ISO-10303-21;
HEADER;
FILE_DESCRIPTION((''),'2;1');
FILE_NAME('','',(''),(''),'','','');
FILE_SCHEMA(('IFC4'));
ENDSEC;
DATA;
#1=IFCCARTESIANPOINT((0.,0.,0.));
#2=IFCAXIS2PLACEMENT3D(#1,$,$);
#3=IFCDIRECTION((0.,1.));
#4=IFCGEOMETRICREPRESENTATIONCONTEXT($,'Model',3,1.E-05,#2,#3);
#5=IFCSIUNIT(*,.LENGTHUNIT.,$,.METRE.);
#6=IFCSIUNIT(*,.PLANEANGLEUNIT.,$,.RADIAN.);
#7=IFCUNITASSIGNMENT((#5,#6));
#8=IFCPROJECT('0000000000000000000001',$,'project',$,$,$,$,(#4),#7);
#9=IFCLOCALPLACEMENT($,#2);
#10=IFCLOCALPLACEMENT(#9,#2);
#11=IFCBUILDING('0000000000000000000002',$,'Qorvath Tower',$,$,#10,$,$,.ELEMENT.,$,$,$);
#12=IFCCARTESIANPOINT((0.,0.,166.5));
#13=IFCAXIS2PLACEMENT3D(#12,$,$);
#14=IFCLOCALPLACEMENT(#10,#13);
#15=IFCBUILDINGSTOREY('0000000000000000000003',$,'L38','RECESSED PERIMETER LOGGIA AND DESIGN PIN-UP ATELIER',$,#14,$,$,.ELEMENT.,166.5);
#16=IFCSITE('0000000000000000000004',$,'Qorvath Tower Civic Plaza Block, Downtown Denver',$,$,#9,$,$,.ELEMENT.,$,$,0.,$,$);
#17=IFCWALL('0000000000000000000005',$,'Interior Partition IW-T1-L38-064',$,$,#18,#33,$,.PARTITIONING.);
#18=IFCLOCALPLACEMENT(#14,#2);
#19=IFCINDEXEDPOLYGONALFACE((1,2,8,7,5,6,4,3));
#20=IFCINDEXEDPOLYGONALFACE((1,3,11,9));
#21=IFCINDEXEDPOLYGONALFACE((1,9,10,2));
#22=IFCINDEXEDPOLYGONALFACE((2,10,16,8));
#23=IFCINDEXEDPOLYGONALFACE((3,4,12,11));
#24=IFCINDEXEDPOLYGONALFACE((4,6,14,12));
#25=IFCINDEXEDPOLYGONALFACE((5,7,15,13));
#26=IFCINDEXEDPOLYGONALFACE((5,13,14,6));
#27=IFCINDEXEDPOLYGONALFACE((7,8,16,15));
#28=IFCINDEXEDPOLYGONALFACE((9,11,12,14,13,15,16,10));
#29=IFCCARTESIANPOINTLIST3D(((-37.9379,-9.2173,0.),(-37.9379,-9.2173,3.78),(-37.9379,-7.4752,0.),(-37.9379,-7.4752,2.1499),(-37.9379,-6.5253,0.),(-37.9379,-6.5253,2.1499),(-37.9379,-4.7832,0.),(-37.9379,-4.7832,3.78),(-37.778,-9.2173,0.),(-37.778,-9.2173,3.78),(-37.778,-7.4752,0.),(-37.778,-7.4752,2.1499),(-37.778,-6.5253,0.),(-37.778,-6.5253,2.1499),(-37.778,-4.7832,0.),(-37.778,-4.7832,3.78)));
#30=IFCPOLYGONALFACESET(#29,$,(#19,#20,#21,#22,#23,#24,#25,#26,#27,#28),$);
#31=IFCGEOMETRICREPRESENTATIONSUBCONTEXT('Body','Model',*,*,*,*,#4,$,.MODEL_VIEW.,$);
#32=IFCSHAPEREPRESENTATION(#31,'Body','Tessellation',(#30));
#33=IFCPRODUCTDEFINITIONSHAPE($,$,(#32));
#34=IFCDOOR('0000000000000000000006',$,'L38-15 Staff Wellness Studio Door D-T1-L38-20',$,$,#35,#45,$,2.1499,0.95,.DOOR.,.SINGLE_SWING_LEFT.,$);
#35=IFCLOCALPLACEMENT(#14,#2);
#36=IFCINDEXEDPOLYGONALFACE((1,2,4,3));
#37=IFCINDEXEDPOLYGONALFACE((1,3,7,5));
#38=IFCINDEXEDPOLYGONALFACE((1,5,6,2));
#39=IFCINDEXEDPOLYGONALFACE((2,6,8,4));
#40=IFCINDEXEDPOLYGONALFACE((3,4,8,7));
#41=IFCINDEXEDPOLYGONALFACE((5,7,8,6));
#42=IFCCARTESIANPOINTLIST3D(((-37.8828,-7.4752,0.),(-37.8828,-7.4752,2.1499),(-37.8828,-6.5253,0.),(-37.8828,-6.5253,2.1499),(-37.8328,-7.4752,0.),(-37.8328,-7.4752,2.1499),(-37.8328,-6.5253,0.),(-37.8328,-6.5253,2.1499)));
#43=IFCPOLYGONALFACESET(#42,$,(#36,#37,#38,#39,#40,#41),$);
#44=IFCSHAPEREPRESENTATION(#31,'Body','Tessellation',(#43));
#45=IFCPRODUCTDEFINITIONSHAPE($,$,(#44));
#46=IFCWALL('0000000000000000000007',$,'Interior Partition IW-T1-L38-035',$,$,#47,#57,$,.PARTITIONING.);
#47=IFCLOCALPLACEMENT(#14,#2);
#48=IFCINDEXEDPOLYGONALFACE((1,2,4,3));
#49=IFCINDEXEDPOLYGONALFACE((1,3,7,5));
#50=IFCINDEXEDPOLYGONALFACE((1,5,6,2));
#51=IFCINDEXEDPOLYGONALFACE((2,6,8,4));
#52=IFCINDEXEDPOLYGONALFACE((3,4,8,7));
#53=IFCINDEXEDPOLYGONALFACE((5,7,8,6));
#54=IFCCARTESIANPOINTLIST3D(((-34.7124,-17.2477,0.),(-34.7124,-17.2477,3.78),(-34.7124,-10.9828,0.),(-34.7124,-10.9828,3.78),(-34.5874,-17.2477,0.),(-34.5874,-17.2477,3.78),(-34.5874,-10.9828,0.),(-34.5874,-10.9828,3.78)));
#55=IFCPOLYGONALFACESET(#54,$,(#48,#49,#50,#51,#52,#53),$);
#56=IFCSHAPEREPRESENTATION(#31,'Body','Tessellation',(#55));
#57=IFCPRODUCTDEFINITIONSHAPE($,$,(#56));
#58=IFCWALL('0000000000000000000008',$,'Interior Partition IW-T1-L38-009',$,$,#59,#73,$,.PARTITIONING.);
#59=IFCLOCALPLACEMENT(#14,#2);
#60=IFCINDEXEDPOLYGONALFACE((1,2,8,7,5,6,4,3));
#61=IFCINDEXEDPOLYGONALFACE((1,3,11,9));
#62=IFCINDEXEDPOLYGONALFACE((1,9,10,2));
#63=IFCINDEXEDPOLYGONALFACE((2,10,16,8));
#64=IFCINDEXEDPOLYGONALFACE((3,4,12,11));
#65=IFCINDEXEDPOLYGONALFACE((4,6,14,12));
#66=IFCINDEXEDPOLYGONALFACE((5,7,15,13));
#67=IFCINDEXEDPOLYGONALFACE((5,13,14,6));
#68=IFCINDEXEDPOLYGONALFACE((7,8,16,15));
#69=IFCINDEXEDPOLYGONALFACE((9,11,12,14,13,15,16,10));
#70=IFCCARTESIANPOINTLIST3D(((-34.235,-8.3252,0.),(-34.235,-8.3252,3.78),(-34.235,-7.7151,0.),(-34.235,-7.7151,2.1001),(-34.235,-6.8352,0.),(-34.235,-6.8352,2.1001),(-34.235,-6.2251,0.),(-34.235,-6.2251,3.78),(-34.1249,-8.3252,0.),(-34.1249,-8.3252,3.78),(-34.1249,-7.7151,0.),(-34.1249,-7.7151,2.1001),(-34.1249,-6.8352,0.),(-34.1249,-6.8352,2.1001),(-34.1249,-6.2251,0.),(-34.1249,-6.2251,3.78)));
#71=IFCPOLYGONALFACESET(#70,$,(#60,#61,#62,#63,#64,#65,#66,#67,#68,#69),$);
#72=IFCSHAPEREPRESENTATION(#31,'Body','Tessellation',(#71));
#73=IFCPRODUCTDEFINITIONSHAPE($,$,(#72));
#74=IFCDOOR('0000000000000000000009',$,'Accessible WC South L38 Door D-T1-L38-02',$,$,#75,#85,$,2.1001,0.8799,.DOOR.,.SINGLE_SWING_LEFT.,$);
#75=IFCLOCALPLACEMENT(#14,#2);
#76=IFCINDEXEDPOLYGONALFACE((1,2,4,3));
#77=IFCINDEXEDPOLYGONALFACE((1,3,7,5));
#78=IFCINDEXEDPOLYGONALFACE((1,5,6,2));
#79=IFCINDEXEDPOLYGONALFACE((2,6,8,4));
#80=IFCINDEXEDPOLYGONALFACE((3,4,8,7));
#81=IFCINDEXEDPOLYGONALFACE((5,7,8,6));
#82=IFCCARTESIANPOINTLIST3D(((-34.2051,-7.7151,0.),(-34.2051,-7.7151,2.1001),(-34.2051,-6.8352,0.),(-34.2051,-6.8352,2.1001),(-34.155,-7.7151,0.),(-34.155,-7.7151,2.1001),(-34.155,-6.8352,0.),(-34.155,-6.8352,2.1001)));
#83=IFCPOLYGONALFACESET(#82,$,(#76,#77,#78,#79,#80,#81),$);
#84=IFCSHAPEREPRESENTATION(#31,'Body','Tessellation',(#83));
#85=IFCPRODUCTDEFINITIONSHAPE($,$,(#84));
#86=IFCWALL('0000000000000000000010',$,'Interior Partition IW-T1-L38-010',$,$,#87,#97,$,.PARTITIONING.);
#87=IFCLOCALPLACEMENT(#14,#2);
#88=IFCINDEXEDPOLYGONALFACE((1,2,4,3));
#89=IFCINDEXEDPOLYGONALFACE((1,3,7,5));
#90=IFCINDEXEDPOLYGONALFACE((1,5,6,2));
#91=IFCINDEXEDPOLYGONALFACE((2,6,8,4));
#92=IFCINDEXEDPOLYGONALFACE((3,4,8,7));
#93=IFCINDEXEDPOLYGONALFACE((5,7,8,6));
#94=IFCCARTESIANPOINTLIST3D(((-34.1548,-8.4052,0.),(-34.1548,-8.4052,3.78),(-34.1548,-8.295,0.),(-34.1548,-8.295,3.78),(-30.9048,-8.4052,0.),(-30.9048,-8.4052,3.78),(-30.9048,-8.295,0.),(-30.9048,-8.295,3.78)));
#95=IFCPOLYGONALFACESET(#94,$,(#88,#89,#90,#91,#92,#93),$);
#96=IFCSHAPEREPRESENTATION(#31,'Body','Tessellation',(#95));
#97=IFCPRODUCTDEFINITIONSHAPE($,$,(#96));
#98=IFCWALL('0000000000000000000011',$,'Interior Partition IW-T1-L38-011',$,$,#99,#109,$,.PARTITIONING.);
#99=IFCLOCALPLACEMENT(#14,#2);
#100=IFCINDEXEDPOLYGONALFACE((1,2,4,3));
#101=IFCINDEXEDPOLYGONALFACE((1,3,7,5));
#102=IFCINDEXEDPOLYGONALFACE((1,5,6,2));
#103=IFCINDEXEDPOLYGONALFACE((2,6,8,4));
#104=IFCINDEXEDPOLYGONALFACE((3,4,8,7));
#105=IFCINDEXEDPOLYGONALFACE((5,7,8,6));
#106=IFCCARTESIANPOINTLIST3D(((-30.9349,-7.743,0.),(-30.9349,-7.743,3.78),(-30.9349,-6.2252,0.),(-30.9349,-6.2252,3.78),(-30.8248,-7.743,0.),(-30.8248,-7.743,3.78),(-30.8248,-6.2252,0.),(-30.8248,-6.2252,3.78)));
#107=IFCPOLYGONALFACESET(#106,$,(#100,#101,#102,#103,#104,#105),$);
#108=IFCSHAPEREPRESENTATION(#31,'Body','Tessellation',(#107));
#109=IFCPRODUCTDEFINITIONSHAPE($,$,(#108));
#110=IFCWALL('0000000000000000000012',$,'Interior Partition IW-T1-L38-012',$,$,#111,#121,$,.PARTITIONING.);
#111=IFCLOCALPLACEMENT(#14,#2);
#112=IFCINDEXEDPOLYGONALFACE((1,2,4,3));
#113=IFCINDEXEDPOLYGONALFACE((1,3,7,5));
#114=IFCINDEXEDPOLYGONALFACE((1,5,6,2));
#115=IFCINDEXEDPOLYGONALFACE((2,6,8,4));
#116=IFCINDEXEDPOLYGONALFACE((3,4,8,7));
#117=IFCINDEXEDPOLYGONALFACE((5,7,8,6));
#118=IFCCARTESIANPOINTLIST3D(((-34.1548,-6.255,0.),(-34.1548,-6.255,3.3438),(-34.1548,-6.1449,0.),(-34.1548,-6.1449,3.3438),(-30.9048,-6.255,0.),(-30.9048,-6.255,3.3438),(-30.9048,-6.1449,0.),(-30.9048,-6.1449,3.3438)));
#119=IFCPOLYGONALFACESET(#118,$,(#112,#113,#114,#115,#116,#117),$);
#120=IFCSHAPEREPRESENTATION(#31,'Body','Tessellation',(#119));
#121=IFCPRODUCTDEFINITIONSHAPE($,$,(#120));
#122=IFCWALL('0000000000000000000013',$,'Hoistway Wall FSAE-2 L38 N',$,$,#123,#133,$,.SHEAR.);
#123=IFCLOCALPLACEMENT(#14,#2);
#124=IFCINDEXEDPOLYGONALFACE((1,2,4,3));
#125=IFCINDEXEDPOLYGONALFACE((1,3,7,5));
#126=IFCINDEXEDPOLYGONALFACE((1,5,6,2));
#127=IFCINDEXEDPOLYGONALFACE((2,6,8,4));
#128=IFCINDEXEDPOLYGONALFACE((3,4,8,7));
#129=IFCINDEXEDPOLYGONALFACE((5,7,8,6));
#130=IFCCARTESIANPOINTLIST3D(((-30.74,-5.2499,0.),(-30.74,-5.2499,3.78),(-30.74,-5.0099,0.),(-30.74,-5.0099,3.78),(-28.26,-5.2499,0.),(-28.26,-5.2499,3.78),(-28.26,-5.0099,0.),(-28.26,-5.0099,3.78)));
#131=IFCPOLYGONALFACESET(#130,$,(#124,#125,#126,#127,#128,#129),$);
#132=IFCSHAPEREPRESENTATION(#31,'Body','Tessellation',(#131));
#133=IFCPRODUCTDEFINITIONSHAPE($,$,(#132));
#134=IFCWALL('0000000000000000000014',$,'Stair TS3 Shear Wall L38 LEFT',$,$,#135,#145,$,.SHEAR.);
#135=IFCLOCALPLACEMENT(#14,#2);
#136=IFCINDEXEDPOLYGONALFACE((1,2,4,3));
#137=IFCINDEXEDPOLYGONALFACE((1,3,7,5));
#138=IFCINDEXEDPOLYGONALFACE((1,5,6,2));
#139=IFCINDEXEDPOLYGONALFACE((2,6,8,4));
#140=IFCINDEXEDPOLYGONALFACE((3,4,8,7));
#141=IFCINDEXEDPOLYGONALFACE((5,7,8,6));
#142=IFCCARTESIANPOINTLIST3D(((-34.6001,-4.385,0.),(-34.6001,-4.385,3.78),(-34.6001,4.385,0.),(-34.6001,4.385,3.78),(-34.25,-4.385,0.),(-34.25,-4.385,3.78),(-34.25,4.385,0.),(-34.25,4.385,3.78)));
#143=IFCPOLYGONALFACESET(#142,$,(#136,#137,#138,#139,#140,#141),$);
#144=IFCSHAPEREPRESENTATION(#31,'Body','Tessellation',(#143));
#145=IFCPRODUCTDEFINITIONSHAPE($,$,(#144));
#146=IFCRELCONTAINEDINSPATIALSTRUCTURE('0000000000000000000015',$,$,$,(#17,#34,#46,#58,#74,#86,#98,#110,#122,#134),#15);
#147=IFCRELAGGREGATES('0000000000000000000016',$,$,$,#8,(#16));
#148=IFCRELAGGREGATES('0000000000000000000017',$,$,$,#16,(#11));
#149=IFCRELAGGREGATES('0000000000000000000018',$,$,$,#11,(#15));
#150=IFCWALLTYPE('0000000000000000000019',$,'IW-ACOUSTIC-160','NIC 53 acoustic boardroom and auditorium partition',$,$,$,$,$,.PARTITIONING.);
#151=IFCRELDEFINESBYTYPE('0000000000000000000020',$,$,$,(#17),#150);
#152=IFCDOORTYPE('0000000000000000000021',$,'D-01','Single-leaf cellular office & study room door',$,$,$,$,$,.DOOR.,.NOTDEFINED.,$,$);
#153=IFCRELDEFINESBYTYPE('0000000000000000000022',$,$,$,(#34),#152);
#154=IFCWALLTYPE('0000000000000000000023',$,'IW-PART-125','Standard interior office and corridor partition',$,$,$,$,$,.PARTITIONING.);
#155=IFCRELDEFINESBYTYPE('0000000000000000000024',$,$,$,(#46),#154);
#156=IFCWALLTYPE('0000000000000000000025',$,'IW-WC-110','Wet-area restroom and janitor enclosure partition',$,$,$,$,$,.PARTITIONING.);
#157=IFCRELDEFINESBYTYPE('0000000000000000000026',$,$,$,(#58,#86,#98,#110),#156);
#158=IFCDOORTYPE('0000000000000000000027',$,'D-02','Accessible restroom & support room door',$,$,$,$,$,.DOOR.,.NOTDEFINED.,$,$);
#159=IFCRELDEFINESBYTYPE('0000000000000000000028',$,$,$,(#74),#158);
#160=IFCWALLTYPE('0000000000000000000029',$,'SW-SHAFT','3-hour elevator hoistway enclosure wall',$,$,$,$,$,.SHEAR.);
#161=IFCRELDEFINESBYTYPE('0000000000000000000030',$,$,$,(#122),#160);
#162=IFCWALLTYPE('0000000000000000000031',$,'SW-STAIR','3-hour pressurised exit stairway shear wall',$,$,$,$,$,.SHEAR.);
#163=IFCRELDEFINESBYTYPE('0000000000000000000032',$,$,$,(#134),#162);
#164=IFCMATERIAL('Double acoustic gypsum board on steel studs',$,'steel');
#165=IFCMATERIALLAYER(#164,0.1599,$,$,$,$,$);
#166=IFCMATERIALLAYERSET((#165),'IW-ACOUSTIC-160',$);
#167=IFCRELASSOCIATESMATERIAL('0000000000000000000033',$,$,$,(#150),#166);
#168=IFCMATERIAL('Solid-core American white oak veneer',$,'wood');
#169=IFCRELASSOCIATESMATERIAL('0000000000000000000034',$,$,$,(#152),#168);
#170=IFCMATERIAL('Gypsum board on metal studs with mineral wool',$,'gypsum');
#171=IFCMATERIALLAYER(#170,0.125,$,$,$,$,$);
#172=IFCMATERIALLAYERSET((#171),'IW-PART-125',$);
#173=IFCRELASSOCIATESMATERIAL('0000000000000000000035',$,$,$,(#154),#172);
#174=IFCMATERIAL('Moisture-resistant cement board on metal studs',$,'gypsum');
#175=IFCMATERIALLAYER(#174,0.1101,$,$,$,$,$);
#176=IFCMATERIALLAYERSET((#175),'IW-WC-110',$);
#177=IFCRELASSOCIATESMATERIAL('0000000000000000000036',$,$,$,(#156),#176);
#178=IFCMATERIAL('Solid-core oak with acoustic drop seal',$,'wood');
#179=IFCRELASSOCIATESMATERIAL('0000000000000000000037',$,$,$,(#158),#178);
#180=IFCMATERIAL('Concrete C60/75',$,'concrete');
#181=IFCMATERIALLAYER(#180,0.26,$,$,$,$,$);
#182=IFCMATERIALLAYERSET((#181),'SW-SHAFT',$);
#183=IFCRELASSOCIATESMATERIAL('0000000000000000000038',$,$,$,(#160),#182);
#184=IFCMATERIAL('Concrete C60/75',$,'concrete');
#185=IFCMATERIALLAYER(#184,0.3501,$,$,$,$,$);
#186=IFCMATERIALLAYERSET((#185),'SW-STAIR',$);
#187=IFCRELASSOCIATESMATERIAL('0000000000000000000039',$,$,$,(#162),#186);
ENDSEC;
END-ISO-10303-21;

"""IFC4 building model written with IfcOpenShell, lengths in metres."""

from ifc_helpers import new_model, si_unit, direction, frame, frame_2d, origin, place, context, subcontext, project, spatial, rectangle, extrude, material, layer, layer_set, type_object, element, fill, save


model = new_model("IFC4")

# Units and contexts
model_context = context("Model", 3, precision=1e-05, world=origin(), true_north=direction((0.0, 1.0)))
body_context = subcontext(model_context, "Body", "Model", "MODEL_VIEW")
ifc_project = project(units=[si_unit("LENGTHUNIT", "METRE"), si_unit("PLANEANGLEUNIT", "RADIAN")], contexts=[model_context])

# Site, building, storey
site_placement = place(None, origin())
site = spatial("IfcSite", under=ifc_project, at=site_placement, Name="Qorvath Tower Civic Plaza Block, Downtown Denver", CompositionType="ELEMENT", RefElevation=0.0)
building_placement = place(site_placement, origin())
building = spatial("IfcBuilding", under=site, at=building_placement, Name="Qorvath Tower", CompositionType="ELEMENT")
storey_placement = place(building_placement, frame((0.0, 0.0, 166.5)))
storey = spatial("IfcBuildingStorey", under=building, at=storey_placement, Name="L38", Description="RECESSED PERIMETER LOGGIA AND DESIGN PIN-UP ATELIER", CompositionType="ELEMENT", Elevation=166.5)

# Wall, opening, door
ifc_material_1 = material(Name="Double acoustic gypsum board on steel studs", Category="steel")
ifc_layer_1 = layer(ifc_material_1, 0.1599)
ifc_layer_set_1 = layer_set([ifc_layer_1], Name="IW-ACOUSTIC-160")
wall_type_1 = type_object("IfcWallType", Name="IW-ACOUSTIC-160", Description="NIC 53 acoustic boardroom and auditorium partition", PredefinedType="PARTITIONING", material=ifc_layer_set_1)
wall_1_placement = place(storey_placement, frame((-37.8579, -9.2173, 0.0), z_axis=(0.0, 0.0, 1.0), x_axis=(0.0, 1.0, 0.0)))
wall_1 = element("IfcWall", 1, at=wall_1_placement, inside=storey, type_object=wall_type_1, Name="Interior Partition IW-T1-L38-064", PredefinedType="PARTITIONING", context=body_context, shape_type="SweptSolid", body=[
    extrude(rectangle(XDim=4.4341, YDim=0.1599, at=frame_2d((2.217, 0.0))), origin(), (0.0, 0.0, 1.0), 3.78),
])
opening_1_placement = place(wall_1_placement, frame((1.7419, 0.0, 0.0)))
opening_1 = element("IfcOpeningElement", 2, at=opening_1_placement, cuts=wall_1, PredefinedType="OPENING", context=body_context, shape_type="SweptSolid", body=[
    extrude(rectangle(XDim=0.95, YDim=2.1499, at=frame_2d((0.4751, 1.075))), frame((0.0, 0.0898, 0.0), z_axis=(0.0, -1.0, 0.0), x_axis=(1.0, 0.0, 0.0)), (0.0, 0.0, 1.0), 0.1799),
])
ifc_material_2 = material(Name="Solid-core American white oak veneer", Category="wood")
door_type_1 = type_object("IfcDoorType", Name="D-01", Description="Single-leaf cellular office & study room door", OperationType="NOTDEFINED", PredefinedType="DOOR", material=ifc_material_2)
door_1_placement = place(opening_1_placement, origin())
door_1 = element("IfcDoor", 3, at=door_1_placement, inside=storey, type_object=door_type_1, Name="L38-15 Staff Wellness Studio Door D-T1-L38-20", OperationType="SINGLE_SWING_LEFT", OverallHeight=2.1499, OverallWidth=0.95, PredefinedType="DOOR", context=body_context, shape_type="SweptSolid", body=[
    extrude(rectangle(XDim=0.95, YDim=2.1499, at=frame_2d((0.4751, 1.075))), frame((0.0, 0.0249, 0.0), z_axis=(0.0, -1.0, 0.0), x_axis=(1.0, 0.0, 0.0)), (0.0, 0.0, 1.0), 0.05),
])
fill(opening_1, door_1)

# Wall
ifc_material_3 = material(Name="Gypsum board on metal studs with mineral wool", Category="gypsum")
ifc_layer_2 = layer(ifc_material_3, 0.125)
ifc_layer_set_2 = layer_set([ifc_layer_2], Name="IW-PART-125")
wall_type_2 = type_object("IfcWallType", Name="IW-PART-125", Description="Standard interior office and corridor partition", PredefinedType="PARTITIONING", material=ifc_layer_set_2)
wall_2_placement = place(storey_placement, frame((-34.6499, -10.9829, 0.0), z_axis=(0.0, 0.0, 1.0), x_axis=(0.0, -1.0, 0.0)))
element("IfcWall", 4, at=wall_2_placement, inside=storey, type_object=wall_type_2, Name="Interior Partition IW-T1-L38-035", PredefinedType="PARTITIONING", context=body_context, shape_type="SweptSolid", body=[
    extrude(rectangle(XDim=6.2649, YDim=0.125, at=frame_2d((3.1323, 0.0))), origin(), (0.0, 0.0, 1.0), 3.78),
])

# Wall, opening, door
ifc_material_4 = material(Name="Moisture-resistant cement board on metal studs", Category="gypsum")
ifc_layer_3 = layer(ifc_material_4, 0.1101)
ifc_layer_set_3 = layer_set([ifc_layer_3], Name="IW-WC-110")
wall_type_3 = type_object("IfcWallType", Name="IW-WC-110", Description="Wet-area restroom and janitor enclosure partition", PredefinedType="PARTITIONING", material=ifc_layer_set_3)
wall_3_placement = place(storey_placement, frame((-34.1799, -6.2251, 0.0), z_axis=(0.0, 0.0, 1.0), x_axis=(0.0, -1.0, 0.0)))
wall_3 = element("IfcWall", 5, at=wall_3_placement, inside=storey, type_object=wall_type_3, Name="Interior Partition IW-T1-L38-009", PredefinedType="PARTITIONING", context=body_context, shape_type="SweptSolid", body=[
    extrude(rectangle(XDim=2.1001, YDim=0.1101, at=frame_2d((1.05, 0.0))), origin(), (0.0, 0.0, 1.0), 3.78),
])
opening_2_placement = place(wall_3_placement, frame((0.6101, 0.0, 0.0)))
opening_2 = element("IfcOpeningElement", 6, at=opening_2_placement, cuts=wall_3, PredefinedType="OPENING", context=body_context, shape_type="SweptSolid", body=[
    extrude(rectangle(XDim=0.8799, YDim=2.1001, at=frame_2d((0.4399, 1.05))), frame((0.0, 0.0649, 0.0), z_axis=(0.0, -1.0, 0.0), x_axis=(1.0, 0.0, 0.0)), (0.0, 0.0, 1.0), 0.1301),
])
ifc_material_5 = material(Name="Solid-core oak with acoustic drop seal", Category="wood")
door_type_2 = type_object("IfcDoorType", Name="D-02", Description="Accessible restroom & support room door", OperationType="NOTDEFINED", PredefinedType="DOOR", material=ifc_material_5)
door_2_placement = place(opening_2_placement, origin())
door_2 = element("IfcDoor", 7, at=door_2_placement, inside=storey, type_object=door_type_2, Name="Accessible WC South L38 Door D-T1-L38-02", OperationType="SINGLE_SWING_LEFT", OverallHeight=2.1001, OverallWidth=0.8799, PredefinedType="DOOR", context=body_context, shape_type="SweptSolid", body=[
    extrude(rectangle(XDim=0.8799, YDim=2.1001, at=frame_2d((0.4399, 1.05))), frame((0.0, 0.0249, 0.0), z_axis=(0.0, -1.0, 0.0), x_axis=(1.0, 0.0, 0.0)), (0.0, 0.0, 1.0), 0.05),
])
fill(opening_2, door_2)

# Walls
wall_4_placement = place(storey_placement, frame((-34.1548, -8.3501, 0.0), z_axis=(0.0, 0.0, 1.0), x_axis=(1.0, 0.0, 0.0)))
element("IfcWall", 8, at=wall_4_placement, inside=storey, type_object=wall_type_3, Name="Interior Partition IW-T1-L38-010", PredefinedType="PARTITIONING", context=body_context, shape_type="SweptSolid", body=[
    extrude(rectangle(XDim=3.25, YDim=0.1101, at=frame_2d((1.625, 0.0))), origin(), (0.0, 0.0, 1.0), 3.78),
])
wall_5_placement = place(storey_placement, frame((-30.8799, -7.7429, 0.0), z_axis=(0.0, 0.0, 1.0), x_axis=(0.0, 1.0, 0.0)))
element("IfcWall", 9, at=wall_5_placement, inside=storey, type_object=wall_type_3, Name="Interior Partition IW-T1-L38-011", PredefinedType="PARTITIONING", context=body_context, shape_type="SweptSolid", body=[
    extrude(rectangle(XDim=1.5178, YDim=0.1101, at=frame_2d((0.7588, 0.0))), origin(), (0.0, 0.0, 1.0), 3.78),
])
wall_6_placement = place(storey_placement, frame((-30.9048, -6.2, 0.0), z_axis=(0.0, 0.0, 1.0), x_axis=(-1.0, 0.0, 0.0)))
element("IfcWall", 10, at=wall_6_placement, inside=storey, type_object=wall_type_3, Name="Interior Partition IW-T1-L38-012", PredefinedType="PARTITIONING", context=body_context, shape_type="SweptSolid", body=[
    extrude(rectangle(XDim=3.25, YDim=0.1101, at=frame_2d((1.625, 0.0))), origin(), (0.0, 0.0, 1.0), 3.3438),
])
ifc_material_6 = material(Name="Concrete C60/75", Category="concrete")
ifc_layer_4 = layer(ifc_material_6, 0.26)
ifc_layer_set_4 = layer_set([ifc_layer_4], Name="SW-SHAFT")
wall_type_4 = type_object("IfcWallType", Name="SW-SHAFT", Description="3-hour elevator hoistway enclosure wall", PredefinedType="SHEAR", material=ifc_layer_set_4)
wall_7_placement = place(storey_placement, frame((-30.74, -5.1299, 0.0), z_axis=(0.0, 0.0, 1.0), x_axis=(1.0, 0.0, 0.0)))
element("IfcWall", 11, at=wall_7_placement, inside=storey, type_object=wall_type_4, Name="Hoistway Wall FSAE-2 L38 N", PredefinedType="SHEAR", context=body_context, shape_type="SweptSolid", body=[
    extrude(rectangle(XDim=2.48, YDim=0.24, at=frame_2d((1.24, 0.0))), origin(), (0.0, 0.0, 1.0), 3.78),
])
ifc_material_7 = material(Name="Concrete C60/75", Category="concrete")
ifc_layer_5 = layer(ifc_material_7, 0.3501)
ifc_layer_set_5 = layer_set([ifc_layer_5], Name="SW-STAIR")
wall_type_5 = type_object("IfcWallType", Name="SW-STAIR", Description="3-hour pressurised exit stairway shear wall", PredefinedType="SHEAR", material=ifc_layer_set_5)
wall_8_placement = place(storey_placement, frame((-34.425, -4.385, 0.0), z_axis=(0.0, 0.0, 1.0), x_axis=(0.0, 1.0, 0.0)))
element("IfcWall", 12, at=wall_8_placement, inside=storey, type_object=wall_type_5, Name="Stair TS3 Shear Wall L38 LEFT", PredefinedType="SHEAR", context=body_context, shape_type="SweptSolid", body=[
    extrude(rectangle(XDim=8.77, YDim=0.3501, at=frame_2d((4.385, 0.0))), origin(), (0.0, 0.0, 1.0), 3.78),
])

save(model, "model.ifc")
